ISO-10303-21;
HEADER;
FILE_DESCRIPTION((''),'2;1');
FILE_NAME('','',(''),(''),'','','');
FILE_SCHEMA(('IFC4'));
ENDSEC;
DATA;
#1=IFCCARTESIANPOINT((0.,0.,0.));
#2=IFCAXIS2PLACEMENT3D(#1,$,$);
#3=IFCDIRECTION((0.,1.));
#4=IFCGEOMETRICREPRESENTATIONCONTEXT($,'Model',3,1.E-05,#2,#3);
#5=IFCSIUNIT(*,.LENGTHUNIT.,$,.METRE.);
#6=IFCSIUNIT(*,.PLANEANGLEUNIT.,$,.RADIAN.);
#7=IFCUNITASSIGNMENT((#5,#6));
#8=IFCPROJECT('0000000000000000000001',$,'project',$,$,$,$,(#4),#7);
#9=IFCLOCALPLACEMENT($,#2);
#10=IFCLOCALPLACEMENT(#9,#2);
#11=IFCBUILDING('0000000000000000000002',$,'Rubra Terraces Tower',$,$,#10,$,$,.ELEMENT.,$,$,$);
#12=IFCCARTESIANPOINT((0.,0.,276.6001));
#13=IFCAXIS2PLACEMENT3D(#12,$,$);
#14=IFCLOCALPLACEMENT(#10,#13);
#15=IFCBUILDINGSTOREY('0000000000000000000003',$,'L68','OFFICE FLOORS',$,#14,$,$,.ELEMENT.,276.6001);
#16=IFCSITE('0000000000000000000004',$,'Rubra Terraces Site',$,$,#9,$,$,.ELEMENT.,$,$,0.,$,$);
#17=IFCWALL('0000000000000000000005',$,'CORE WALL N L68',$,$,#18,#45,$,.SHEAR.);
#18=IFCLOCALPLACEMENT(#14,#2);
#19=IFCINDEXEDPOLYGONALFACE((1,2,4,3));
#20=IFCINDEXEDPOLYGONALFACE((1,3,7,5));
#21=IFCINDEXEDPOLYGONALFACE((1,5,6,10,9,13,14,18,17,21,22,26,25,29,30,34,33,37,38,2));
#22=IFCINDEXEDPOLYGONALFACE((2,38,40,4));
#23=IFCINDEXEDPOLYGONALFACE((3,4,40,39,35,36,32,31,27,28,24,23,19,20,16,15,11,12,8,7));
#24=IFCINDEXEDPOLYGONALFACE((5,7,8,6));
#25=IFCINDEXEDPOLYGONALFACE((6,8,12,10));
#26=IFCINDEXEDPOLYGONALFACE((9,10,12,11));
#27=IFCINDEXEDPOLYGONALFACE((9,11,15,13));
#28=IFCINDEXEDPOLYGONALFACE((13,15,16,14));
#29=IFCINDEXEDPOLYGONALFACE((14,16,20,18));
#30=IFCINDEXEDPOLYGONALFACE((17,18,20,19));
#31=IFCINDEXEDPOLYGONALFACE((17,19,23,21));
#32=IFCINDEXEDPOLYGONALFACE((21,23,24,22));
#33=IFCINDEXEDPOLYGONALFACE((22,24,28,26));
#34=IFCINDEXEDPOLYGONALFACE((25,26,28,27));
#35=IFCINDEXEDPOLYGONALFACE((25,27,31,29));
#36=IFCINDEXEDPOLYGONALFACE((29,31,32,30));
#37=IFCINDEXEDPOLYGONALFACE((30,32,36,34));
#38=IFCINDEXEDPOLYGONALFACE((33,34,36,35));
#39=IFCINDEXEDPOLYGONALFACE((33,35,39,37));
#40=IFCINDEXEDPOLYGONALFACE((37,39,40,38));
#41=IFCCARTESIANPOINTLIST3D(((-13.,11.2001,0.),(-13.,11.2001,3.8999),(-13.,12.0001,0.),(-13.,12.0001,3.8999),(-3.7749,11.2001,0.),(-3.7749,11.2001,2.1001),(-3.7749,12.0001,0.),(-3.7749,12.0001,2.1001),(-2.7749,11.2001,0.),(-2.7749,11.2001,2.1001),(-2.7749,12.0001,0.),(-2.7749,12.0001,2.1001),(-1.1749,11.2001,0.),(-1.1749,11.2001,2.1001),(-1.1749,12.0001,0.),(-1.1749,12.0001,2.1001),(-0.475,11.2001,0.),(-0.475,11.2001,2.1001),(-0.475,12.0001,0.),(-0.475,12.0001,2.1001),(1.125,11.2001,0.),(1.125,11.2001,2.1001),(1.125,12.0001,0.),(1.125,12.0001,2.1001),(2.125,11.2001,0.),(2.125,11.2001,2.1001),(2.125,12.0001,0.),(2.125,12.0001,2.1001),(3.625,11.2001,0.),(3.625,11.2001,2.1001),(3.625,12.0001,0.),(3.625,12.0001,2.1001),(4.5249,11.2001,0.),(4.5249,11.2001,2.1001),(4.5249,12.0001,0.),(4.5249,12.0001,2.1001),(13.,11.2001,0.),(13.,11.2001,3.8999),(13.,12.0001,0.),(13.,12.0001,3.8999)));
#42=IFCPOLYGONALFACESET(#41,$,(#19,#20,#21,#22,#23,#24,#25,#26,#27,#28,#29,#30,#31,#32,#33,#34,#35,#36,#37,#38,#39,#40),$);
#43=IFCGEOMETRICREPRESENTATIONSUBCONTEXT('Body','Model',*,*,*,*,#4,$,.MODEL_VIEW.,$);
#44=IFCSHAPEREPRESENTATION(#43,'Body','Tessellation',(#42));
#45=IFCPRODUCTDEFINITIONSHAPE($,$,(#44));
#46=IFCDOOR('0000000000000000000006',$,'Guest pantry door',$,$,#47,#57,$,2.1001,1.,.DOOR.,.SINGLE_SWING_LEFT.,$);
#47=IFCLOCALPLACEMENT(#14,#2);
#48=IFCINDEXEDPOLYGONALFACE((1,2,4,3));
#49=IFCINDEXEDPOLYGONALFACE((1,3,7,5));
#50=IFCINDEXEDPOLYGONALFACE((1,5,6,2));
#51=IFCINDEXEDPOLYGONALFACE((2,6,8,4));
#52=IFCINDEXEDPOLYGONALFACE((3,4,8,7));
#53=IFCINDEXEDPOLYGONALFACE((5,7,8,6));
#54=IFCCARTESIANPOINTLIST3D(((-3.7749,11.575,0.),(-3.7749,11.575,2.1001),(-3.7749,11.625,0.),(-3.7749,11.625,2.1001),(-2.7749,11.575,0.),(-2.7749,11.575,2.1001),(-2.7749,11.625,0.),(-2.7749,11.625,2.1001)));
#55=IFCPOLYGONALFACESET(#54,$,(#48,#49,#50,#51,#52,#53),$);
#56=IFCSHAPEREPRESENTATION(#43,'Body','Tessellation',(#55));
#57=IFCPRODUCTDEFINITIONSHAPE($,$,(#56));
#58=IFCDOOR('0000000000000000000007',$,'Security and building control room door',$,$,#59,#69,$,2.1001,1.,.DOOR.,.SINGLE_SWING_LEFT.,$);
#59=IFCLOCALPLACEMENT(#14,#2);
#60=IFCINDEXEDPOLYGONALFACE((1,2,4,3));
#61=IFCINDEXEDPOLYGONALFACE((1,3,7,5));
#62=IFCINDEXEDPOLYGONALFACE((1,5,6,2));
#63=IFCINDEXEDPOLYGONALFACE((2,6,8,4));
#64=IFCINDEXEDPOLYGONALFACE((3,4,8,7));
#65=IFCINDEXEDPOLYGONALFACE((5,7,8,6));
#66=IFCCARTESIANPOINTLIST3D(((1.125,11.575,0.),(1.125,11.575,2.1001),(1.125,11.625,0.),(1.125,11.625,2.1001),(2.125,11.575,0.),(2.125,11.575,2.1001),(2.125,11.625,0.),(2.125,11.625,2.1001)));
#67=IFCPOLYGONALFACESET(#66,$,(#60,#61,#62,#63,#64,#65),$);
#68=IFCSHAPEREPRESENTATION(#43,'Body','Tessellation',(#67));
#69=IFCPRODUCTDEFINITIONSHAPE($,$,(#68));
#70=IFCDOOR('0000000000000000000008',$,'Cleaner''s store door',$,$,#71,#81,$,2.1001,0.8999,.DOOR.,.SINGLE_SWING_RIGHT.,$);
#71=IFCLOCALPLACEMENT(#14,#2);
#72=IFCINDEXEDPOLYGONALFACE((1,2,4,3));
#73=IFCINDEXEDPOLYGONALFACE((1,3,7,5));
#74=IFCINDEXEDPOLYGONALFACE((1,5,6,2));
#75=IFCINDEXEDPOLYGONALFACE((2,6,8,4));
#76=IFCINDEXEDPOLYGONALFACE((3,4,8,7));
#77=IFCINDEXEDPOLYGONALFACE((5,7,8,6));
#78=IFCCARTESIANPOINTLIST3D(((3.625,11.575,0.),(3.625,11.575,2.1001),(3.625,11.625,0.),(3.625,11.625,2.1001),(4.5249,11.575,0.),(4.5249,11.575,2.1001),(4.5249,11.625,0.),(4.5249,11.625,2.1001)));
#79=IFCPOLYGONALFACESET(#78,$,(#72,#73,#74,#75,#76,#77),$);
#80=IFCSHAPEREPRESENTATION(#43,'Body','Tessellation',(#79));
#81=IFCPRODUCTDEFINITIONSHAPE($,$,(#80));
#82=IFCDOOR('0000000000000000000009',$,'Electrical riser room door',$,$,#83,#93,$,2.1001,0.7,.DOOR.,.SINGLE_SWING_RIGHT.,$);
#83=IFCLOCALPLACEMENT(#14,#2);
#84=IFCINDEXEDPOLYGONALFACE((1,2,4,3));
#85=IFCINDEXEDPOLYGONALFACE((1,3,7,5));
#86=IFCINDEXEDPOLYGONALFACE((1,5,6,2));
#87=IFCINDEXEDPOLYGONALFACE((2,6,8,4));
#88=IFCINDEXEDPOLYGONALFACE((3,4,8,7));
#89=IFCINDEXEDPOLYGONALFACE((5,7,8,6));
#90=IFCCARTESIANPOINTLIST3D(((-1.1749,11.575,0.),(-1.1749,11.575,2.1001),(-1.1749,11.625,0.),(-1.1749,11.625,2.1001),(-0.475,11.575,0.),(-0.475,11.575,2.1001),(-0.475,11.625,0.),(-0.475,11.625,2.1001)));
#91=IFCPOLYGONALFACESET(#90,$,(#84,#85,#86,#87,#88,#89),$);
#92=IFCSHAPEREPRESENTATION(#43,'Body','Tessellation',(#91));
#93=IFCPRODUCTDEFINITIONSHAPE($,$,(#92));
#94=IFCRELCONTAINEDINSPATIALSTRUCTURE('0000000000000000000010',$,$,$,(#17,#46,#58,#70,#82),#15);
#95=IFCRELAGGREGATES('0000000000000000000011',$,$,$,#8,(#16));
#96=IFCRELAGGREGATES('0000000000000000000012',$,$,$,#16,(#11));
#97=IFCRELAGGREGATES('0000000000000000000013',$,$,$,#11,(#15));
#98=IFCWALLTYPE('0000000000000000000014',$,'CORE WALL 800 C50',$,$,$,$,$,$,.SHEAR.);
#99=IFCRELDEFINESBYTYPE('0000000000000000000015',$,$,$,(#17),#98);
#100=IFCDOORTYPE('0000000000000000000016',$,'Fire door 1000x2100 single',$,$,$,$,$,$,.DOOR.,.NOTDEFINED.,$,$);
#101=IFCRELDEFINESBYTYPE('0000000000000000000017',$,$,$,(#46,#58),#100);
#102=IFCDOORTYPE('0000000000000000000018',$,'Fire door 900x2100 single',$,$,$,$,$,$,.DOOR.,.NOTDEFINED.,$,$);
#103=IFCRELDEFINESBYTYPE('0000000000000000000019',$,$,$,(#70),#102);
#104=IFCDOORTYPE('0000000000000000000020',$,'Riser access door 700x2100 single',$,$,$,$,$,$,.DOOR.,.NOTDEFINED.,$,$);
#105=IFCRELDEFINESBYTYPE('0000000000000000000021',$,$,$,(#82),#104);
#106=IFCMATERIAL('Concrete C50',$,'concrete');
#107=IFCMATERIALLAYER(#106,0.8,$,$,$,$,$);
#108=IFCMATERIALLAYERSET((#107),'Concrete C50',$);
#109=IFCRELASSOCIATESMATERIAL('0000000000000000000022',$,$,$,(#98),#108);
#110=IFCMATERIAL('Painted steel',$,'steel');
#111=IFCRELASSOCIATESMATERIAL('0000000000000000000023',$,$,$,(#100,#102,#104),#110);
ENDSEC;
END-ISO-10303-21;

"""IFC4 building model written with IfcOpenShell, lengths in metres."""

from ifc_helpers import new_model, si_unit, direction, frame, frame_2d, origin, place, context, subcontext, project, spatial, rectangle, extrude, material, layer, layer_set, type_object, element, fill, save


model = new_model("IFC4")

# Units and contexts
model_context = context("Model", 3, precision=1e-05, world=origin(), true_north=direction((0.0, 1.0)))
body_context = subcontext(model_context, "Body", "Model", "MODEL_VIEW")
ifc_project = project(units=[si_unit("LENGTHUNIT", "METRE"), si_unit("PLANEANGLEUNIT", "RADIAN")], contexts=[model_context])

# Site, building, storey
site_placement = place(None, origin())
site = spatial("IfcSite", under=ifc_project, at=site_placement, Name="Rubra Terraces Site", CompositionType="ELEMENT", RefElevation=0.0)
building_placement = place(site_placement, origin())
building = spatial("IfcBuilding", under=site, at=building_placement, Name="Rubra Terraces Tower", CompositionType="ELEMENT")
storey_placement = place(building_placement, frame((0.0, 0.0, 276.6001)))
storey = spatial("IfcBuildingStorey", under=building, at=storey_placement, Name="L68", Description="OFFICE FLOORS", CompositionType="ELEMENT", Elevation=276.6001)

# Shared definitions
ifc_material_1 = material(Name="Concrete C50", Category="concrete")

# Wall, openings, doors
ifc_layer_1 = layer(ifc_material_1, 0.8)
ifc_layer_set_1 = layer_set([ifc_layer_1], Name="Concrete C50")
wall_type_1 = type_object("IfcWallType", Name="CORE WALL 800 C50", PredefinedType="SHEAR", material=ifc_layer_set_1)
wall_1_placement = place(storey_placement, frame((-13.0, 11.6001, 0.0), z_axis=(0.0, 0.0, 1.0), x_axis=(1.0, 0.0, 0.0)))
wall_1 = element("IfcWall", 1, at=wall_1_placement, inside=storey, type_object=wall_type_1, Name="CORE WALL N L68", PredefinedType="SHEAR", context=body_context, shape_type="SweptSolid", body=[
    extrude(rectangle(XDim=26.0, YDim=0.8, at=frame_2d((13.0, 0.0))), origin(), (0.0, 0.0, 1.0), 3.8999),
])
opening_1_placement = place(wall_1_placement, frame((9.2251, 0.0, 0.0)))
opening_1 = element("IfcOpeningElement", 2, at=opening_1_placement, cuts=wall_1, PredefinedType="OPENING", context=body_context, shape_type="SweptSolid", body=[
    extrude(rectangle(XDim=1.0, YDim=2.1001, at=frame_2d((0.5, 1.05))), frame((0.0, 0.4099, 0.0), z_axis=(0.0, -1.0, 0.0), x_axis=(1.0, 0.0, 0.0)), (0.0, 0.0, 1.0), 0.8201),
])
opening_2_placement = place(wall_1_placement, frame((11.825, 0.0, 0.0)))
opening_2 = element("IfcOpeningElement", 3, at=opening_2_placement, cuts=wall_1, PredefinedType="OPENING", context=body_context, shape_type="SweptSolid", body=[
    extrude(rectangle(XDim=0.7, YDim=2.1001, at=frame_2d((0.3501, 1.05))), frame((0.0, 0.4099, 0.0), z_axis=(0.0, -1.0, 0.0), x_axis=(1.0, 0.0, 0.0)), (0.0, 0.0, 1.0), 0.8201),
])
opening_3_placement = place(wall_1_placement, frame((14.125, 0.0, 0.0)))
opening_3 = element("IfcOpeningElement", 4, at=opening_3_placement, cuts=wall_1, PredefinedType="OPENING", context=body_context, shape_type="SweptSolid", body=[
    extrude(rectangle(XDim=1.0, YDim=2.1001, at=frame_2d((0.5, 1.05))), frame((0.0, 0.4099, 0.0), z_axis=(0.0, -1.0, 0.0), x_axis=(1.0, 0.0, 0.0)), (0.0, 0.0, 1.0), 0.8201),
])
opening_4_placement = place(wall_1_placement, frame((16.625, 0.0, 0.0)))
opening_4 = element("IfcOpeningElement", 5, at=opening_4_placement, cuts=wall_1, PredefinedType="OPENING", context=body_context, shape_type="SweptSolid", body=[
    extrude(rectangle(XDim=0.8999, YDim=2.1001, at=frame_2d((0.45, 1.05))), frame((0.0, 0.4099, 0.0), z_axis=(0.0, -1.0, 0.0), x_axis=(1.0, 0.0, 0.0)), (0.0, 0.0, 1.0), 0.8201),
])
ifc_material_2 = material(Name="Painted steel", Category="steel")
door_type_1 = type_object("IfcDoorType", Name="Fire door 1000x2100 single", OperationType="NOTDEFINED", PredefinedType="DOOR", material=ifc_material_2)
door_1_placement = place(opening_1_placement, origin())
door_1 = element("IfcDoor", 6, at=door_1_placement, inside=storey, type_object=door_type_1, Name="Guest pantry door", OperationType="SINGLE_SWING_LEFT", OverallHeight=2.1001, OverallWidth=1.0, PredefinedType="DOOR", context=body_context, shape_type="SweptSolid", body=[
    extrude(rectangle(XDim=1.0, YDim=2.1001, at=frame_2d((0.5, 1.05))), frame((0.0, 0.0249, 0.0), z_axis=(0.0, -1.0, 0.0), x_axis=(1.0, 0.0, 0.0)), (0.0, 0.0, 1.0), 0.05),
])
fill(opening_1, door_1)
door_2_placement = place(opening_3_placement, origin())
door_2 = element("IfcDoor", 7, at=door_2_placement, inside=storey, type_object=door_type_1, Name="Security and building control room door", OperationType="SINGLE_SWING_LEFT", OverallHeight=2.1001, OverallWidth=1.0, PredefinedType="DOOR", context=body_context, shape_type="SweptSolid", body=[
    extrude(rectangle(XDim=1.0, YDim=2.1001, at=frame_2d((0.5, 1.05))), frame((0.0, 0.0249, 0.0), z_axis=(0.0, -1.0, 0.0), x_axis=(1.0, 0.0, 0.0)), (0.0, 0.0, 1.0), 0.05),
])
fill(opening_3, door_2)
door_type_2 = type_object("IfcDoorType", Name="Fire door 900x2100 single", OperationType="NOTDEFINED", PredefinedType="DOOR", material=ifc_material_2)
door_3_placement = place(opening_4_placement, origin())
door_3 = element("IfcDoor", 8, at=door_3_placement, inside=storey, type_object=door_type_2, Name="Cleaner's store door", OperationType="SINGLE_SWING_RIGHT", OverallHeight=2.1001, OverallWidth=0.8999, PredefinedType="DOOR", context=body_context, shape_type="SweptSolid", body=[
    extrude(rectangle(XDim=0.8999, YDim=2.1001, at=frame_2d((0.45, 1.05))), frame((0.0, 0.0249, 0.0), z_axis=(0.0, -1.0, 0.0), x_axis=(1.0, 0.0, 0.0)), (0.0, 0.0, 1.0), 0.05),
])
fill(opening_4, door_3)
door_type_3 = type_object("IfcDoorType", Name="Riser access door 700x2100 single", OperationType="NOTDEFINED", PredefinedType="DOOR", material=ifc_material_2)
door_4_placement = place(opening_2_placement, origin())
door_4 = element("IfcDoor", 9, at=door_4_placement, inside=storey, type_object=door_type_3, Name="Electrical riser room door", OperationType="SINGLE_SWING_RIGHT", OverallHeight=2.1001, OverallWidth=0.7, PredefinedType="DOOR", context=body_context, shape_type="SweptSolid", body=[
    extrude(rectangle(XDim=0.7, YDim=2.1001, at=frame_2d((0.3501, 1.05))), frame((0.0, 0.0249, 0.0), z_axis=(0.0, -1.0, 0.0), x_axis=(1.0, 0.0, 0.0)), (0.0, 0.0, 1.0), 0.05),
])
fill(opening_2, door_4)

save(model, "model.ifc")
